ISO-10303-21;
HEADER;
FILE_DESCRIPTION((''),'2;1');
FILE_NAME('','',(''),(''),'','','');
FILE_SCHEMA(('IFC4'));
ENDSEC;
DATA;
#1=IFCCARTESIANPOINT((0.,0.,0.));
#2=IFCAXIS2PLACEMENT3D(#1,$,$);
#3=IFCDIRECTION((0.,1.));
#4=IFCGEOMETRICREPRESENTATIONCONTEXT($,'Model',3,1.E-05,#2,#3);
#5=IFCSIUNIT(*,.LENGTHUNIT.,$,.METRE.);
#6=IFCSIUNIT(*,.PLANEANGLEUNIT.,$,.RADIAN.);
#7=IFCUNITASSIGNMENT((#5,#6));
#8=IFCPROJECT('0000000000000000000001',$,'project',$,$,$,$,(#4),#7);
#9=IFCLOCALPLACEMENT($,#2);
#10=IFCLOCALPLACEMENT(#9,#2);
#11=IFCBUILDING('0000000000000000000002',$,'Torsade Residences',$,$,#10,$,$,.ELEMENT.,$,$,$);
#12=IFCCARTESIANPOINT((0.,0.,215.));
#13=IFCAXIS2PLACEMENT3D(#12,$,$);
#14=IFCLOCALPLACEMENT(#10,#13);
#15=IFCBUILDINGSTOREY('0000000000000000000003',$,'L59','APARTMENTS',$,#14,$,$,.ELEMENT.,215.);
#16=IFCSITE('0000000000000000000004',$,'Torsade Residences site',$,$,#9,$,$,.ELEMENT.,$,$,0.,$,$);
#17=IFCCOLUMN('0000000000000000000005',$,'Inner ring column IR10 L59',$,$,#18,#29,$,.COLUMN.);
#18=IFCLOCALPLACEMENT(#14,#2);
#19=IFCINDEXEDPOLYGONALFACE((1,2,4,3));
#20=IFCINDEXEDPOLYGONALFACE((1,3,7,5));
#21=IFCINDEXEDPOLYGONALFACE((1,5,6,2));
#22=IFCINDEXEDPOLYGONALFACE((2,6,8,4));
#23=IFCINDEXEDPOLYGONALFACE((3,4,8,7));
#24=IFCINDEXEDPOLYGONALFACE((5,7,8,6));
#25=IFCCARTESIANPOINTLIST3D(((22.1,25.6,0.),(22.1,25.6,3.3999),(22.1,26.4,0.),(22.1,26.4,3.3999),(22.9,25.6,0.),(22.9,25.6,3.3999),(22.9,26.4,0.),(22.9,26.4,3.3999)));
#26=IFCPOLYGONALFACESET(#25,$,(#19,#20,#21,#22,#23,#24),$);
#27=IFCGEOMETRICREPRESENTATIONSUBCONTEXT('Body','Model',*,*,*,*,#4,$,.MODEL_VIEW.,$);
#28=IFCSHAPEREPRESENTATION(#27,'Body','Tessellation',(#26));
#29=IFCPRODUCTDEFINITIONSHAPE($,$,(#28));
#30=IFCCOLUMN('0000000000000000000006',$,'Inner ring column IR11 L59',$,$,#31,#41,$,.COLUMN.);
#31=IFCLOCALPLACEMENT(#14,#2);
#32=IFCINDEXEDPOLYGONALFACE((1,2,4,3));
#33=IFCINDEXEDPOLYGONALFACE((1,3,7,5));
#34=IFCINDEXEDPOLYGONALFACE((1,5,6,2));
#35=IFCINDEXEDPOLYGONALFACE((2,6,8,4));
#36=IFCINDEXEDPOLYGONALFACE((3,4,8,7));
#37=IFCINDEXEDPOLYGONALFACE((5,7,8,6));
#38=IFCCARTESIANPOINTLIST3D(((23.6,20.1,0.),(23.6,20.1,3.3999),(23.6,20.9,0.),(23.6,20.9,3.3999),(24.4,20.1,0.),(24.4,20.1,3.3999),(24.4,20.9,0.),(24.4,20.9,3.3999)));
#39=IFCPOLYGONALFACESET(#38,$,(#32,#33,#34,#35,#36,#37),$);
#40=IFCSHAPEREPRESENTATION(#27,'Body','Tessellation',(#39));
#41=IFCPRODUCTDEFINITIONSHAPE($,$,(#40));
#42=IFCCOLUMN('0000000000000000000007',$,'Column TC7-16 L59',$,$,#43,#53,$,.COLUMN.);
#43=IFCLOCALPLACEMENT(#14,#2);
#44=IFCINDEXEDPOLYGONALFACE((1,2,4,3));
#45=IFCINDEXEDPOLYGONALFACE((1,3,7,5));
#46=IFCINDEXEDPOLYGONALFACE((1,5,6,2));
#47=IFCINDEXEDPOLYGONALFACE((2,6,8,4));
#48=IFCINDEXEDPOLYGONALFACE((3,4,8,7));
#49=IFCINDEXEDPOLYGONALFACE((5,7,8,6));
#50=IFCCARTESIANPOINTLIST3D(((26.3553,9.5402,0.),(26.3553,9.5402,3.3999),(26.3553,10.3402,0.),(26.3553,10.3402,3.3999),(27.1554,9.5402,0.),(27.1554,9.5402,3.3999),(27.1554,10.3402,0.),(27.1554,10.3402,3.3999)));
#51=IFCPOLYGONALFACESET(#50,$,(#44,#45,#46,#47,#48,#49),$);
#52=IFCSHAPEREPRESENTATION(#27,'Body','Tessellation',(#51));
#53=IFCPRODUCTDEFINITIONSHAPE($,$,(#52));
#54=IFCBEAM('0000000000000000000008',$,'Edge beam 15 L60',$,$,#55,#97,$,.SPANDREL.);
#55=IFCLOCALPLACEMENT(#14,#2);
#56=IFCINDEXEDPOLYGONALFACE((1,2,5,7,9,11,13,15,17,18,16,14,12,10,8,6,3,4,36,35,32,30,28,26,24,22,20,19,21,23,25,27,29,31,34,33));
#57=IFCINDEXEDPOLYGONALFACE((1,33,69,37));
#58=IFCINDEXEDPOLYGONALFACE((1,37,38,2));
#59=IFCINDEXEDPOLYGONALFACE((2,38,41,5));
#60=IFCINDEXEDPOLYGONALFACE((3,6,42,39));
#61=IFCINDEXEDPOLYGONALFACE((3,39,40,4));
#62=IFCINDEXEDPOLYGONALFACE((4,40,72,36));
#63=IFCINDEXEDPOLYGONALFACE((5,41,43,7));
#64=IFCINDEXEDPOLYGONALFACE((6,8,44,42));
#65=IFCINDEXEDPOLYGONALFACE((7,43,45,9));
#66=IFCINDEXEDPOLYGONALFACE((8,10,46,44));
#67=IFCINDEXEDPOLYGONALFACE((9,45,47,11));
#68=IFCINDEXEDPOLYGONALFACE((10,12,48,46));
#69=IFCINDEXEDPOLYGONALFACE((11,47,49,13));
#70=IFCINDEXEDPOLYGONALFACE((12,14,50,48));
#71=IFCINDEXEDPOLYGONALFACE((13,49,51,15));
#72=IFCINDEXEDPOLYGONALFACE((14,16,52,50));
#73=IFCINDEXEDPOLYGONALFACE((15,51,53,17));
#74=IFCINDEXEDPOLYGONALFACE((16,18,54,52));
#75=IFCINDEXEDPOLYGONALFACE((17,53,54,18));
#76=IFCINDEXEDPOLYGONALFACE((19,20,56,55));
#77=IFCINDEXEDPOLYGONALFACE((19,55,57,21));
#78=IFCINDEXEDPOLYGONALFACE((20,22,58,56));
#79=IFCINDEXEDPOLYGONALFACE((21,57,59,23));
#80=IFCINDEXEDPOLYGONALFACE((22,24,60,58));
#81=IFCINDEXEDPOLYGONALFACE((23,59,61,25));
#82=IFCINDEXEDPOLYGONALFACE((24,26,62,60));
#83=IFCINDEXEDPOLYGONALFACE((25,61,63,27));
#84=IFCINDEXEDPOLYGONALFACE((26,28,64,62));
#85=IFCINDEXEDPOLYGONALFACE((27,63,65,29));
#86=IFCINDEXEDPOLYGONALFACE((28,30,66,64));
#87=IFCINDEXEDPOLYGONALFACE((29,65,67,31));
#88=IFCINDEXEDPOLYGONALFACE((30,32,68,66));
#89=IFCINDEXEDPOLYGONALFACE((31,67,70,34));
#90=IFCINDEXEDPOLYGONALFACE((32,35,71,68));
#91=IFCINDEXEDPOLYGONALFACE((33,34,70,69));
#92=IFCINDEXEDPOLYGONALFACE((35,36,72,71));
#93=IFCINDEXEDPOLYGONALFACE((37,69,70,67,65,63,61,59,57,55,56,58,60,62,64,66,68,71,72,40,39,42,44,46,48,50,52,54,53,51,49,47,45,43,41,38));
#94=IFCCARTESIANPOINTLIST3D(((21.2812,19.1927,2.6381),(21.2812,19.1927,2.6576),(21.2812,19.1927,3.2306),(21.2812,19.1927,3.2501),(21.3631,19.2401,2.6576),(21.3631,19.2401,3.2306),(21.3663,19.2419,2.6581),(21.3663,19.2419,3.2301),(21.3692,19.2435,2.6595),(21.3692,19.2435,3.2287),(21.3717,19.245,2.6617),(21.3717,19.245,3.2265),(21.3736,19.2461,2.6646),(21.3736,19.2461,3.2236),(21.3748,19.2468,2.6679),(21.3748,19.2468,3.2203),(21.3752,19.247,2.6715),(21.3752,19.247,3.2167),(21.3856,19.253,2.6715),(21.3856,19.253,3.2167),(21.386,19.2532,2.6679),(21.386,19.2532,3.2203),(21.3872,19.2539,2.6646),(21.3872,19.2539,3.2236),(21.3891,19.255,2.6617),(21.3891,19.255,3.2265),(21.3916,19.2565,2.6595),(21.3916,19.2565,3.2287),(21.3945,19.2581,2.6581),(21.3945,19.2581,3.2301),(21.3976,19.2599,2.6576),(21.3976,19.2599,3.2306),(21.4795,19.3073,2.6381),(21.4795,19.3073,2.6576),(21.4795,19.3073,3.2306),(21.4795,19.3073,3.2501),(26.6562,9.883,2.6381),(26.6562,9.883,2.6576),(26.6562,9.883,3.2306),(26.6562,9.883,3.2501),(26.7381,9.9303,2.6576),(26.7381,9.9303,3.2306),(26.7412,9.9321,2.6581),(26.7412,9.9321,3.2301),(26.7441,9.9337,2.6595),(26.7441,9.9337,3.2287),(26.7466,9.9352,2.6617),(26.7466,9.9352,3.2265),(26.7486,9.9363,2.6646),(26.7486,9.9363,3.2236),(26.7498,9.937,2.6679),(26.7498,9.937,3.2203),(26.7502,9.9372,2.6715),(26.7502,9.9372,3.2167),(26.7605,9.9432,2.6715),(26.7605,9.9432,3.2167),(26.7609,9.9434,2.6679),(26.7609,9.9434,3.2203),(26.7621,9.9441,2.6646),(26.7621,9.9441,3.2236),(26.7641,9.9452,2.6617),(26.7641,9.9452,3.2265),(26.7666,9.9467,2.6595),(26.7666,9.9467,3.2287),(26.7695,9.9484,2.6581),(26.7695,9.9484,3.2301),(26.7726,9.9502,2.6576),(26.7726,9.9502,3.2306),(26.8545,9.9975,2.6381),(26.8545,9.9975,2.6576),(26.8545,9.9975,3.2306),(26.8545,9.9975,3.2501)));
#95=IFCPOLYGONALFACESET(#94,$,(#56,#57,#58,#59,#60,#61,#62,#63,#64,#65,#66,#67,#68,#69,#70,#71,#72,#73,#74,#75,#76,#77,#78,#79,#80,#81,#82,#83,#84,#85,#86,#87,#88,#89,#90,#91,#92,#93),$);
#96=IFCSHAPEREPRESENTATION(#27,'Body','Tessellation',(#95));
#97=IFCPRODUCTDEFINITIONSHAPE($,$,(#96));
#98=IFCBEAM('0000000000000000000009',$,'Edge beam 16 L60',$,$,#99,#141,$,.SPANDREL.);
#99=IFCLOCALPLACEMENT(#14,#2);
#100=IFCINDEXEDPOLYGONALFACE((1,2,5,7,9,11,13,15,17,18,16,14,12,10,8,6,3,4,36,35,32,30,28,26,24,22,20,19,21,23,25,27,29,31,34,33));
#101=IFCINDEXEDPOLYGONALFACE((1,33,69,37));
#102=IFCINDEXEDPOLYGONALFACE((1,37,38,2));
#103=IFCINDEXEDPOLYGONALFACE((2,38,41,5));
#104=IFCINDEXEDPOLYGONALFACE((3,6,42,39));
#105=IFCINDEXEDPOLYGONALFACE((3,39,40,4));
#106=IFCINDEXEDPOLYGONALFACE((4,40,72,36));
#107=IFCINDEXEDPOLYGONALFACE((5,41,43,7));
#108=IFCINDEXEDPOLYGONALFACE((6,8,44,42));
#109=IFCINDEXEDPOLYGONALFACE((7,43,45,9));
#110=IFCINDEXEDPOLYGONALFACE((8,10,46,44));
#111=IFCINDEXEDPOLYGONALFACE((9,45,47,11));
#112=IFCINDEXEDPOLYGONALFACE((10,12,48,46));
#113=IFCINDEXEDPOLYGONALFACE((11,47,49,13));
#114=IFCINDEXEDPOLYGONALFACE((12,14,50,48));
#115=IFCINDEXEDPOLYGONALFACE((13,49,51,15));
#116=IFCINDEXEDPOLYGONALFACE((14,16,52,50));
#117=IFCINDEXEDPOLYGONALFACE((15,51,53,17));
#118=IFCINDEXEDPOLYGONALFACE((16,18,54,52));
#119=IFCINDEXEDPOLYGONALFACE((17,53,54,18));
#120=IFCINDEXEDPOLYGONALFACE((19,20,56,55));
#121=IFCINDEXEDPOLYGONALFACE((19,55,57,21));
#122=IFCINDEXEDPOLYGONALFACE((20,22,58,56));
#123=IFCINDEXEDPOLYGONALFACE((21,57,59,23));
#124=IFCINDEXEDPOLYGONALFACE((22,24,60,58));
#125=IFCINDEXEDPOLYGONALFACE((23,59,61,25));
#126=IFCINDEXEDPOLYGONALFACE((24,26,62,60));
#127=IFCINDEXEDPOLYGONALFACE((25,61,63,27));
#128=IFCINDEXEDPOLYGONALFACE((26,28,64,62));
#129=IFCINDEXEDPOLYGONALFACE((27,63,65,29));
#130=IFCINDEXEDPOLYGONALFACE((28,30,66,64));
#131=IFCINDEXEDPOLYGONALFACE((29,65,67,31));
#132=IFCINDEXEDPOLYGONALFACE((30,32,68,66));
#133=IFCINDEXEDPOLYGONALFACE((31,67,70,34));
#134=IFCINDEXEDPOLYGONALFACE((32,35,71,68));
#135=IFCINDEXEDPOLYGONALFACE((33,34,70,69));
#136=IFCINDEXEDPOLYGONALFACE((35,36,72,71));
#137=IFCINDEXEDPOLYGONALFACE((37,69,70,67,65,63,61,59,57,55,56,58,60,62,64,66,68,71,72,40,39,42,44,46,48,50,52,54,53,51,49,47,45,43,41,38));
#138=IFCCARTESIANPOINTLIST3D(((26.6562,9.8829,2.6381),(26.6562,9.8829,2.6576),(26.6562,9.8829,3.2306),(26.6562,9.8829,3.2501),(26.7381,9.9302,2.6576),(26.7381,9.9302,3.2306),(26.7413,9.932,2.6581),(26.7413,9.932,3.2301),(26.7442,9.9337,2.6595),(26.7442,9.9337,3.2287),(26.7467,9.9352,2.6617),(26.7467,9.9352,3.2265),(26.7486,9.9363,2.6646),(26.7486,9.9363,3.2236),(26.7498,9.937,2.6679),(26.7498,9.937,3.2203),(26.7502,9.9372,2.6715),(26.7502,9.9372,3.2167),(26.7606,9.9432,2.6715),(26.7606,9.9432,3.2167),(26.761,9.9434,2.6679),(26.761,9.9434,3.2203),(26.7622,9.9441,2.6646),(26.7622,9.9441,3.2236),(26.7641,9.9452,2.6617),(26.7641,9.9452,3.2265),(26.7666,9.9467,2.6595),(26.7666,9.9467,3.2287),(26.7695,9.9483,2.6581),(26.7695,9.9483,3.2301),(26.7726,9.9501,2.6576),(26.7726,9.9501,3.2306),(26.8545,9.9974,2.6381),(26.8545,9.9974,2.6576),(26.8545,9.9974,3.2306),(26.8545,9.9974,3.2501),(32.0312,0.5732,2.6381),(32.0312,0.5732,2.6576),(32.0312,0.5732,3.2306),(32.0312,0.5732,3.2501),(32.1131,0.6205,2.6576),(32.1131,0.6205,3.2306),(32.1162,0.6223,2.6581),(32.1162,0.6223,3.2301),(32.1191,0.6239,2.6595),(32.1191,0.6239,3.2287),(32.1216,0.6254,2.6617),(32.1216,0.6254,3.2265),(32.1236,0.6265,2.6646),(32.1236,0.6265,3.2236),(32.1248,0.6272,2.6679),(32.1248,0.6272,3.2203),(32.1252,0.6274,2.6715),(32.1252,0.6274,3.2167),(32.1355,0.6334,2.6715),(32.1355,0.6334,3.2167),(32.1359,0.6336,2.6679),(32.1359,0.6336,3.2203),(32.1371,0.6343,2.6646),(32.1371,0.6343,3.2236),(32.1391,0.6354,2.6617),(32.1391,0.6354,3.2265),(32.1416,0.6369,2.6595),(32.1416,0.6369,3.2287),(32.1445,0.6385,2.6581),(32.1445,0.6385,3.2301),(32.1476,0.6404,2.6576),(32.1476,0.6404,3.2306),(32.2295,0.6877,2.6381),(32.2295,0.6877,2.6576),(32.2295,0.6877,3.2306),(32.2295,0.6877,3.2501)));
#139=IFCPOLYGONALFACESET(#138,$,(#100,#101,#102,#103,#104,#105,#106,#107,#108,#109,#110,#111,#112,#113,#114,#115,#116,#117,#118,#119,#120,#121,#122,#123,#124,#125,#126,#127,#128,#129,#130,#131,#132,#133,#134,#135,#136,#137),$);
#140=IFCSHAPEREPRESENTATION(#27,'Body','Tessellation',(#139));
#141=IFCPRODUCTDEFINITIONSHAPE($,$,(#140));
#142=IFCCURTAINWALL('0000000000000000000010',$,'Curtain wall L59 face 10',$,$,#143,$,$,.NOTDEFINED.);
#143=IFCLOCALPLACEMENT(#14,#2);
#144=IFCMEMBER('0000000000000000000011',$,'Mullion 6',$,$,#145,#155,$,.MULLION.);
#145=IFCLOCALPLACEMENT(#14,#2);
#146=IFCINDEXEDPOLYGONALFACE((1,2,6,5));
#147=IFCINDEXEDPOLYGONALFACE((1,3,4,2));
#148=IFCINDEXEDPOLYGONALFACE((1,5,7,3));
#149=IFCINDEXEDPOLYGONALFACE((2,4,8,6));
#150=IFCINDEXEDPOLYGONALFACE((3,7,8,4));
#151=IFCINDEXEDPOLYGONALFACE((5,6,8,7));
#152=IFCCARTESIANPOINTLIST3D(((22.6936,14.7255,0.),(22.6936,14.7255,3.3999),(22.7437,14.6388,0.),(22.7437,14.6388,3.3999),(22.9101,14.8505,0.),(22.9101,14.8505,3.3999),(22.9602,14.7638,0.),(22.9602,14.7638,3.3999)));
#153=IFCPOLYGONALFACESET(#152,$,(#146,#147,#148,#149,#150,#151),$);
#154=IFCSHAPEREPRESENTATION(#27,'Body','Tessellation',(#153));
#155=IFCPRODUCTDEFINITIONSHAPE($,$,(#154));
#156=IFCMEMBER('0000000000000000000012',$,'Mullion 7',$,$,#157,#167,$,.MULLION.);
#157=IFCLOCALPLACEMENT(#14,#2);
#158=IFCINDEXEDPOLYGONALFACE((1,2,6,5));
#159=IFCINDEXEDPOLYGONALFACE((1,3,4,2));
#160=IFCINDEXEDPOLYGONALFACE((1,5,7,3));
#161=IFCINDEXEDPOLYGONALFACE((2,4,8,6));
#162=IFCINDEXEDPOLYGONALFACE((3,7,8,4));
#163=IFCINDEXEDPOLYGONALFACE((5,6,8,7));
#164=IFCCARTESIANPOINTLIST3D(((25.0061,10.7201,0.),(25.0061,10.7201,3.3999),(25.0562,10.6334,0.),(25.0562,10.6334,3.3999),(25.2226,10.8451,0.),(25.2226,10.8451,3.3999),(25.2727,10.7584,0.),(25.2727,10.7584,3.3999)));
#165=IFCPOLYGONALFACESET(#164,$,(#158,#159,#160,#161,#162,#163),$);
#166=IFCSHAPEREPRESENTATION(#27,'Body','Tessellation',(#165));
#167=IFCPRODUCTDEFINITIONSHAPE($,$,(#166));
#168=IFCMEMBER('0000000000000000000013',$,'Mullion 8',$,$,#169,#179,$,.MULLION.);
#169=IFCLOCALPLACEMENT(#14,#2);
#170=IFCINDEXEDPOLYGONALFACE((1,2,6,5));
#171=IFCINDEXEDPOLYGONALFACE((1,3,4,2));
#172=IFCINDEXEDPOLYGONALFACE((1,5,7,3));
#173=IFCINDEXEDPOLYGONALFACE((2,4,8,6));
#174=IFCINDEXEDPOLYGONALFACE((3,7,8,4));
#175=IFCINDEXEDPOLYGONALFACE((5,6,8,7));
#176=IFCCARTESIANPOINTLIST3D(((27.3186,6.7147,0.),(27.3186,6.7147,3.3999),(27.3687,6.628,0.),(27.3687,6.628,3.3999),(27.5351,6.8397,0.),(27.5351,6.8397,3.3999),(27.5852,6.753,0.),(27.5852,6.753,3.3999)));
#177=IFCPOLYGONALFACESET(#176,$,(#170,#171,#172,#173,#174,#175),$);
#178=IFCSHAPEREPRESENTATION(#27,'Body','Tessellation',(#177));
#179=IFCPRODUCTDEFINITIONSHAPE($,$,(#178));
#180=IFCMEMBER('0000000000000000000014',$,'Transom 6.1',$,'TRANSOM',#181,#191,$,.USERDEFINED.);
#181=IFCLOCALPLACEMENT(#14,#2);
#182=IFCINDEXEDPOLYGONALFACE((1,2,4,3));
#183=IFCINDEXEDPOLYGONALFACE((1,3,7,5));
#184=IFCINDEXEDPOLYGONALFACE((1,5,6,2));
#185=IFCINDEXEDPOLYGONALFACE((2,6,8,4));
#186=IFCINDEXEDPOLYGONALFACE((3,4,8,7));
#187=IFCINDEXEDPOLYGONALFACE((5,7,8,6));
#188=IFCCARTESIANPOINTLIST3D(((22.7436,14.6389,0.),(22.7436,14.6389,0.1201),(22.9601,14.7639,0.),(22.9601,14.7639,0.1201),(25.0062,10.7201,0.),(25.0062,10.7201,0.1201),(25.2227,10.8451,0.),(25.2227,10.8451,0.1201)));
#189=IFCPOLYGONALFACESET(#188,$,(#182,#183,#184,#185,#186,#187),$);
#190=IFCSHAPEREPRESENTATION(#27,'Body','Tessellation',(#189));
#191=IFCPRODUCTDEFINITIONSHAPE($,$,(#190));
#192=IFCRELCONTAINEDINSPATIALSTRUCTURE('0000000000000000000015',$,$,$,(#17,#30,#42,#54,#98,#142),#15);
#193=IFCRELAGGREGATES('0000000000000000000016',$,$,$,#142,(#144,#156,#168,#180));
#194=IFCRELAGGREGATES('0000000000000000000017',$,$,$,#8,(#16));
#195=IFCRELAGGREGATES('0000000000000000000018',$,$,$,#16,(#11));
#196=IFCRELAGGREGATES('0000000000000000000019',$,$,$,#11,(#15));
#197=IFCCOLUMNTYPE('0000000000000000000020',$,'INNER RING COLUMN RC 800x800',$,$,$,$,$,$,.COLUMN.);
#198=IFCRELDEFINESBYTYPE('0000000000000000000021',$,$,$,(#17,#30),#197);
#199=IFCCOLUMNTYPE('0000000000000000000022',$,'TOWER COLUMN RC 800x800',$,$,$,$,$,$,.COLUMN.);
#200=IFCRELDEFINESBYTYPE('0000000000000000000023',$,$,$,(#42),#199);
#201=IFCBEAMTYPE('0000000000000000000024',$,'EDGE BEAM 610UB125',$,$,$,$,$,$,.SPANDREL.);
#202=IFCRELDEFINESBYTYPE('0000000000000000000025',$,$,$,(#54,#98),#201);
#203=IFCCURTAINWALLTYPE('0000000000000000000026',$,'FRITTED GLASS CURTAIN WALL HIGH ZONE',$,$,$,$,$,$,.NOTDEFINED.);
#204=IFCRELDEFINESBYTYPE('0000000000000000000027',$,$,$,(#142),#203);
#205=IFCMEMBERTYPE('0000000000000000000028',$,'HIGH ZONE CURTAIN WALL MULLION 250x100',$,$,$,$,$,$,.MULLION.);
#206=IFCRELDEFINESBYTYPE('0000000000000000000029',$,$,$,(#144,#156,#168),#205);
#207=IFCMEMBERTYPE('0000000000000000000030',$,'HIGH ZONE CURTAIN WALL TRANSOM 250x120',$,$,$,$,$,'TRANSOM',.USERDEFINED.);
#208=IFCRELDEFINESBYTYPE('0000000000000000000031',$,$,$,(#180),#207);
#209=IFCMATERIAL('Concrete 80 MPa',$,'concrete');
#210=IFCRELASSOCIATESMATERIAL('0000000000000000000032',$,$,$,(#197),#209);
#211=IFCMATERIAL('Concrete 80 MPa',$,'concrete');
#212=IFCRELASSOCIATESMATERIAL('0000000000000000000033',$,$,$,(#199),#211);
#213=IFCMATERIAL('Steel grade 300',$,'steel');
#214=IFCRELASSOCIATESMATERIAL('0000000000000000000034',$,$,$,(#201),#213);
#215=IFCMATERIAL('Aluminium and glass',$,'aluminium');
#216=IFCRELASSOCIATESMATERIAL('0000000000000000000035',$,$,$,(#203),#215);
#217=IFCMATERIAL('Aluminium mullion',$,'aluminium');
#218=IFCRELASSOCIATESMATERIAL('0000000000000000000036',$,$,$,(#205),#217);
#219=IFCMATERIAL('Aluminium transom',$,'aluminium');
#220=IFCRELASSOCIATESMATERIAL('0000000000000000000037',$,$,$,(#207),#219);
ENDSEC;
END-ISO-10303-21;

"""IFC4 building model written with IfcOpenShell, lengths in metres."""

from ifc_helpers import new_model, si_unit, direction, frame, origin, origin_2d, place, context, subcontext, project, spatial, rectangle, i_section, extrude, material, material_profile, profile_set, type_object, element, aggregate, save


model = new_model("IFC4")

# Units and contexts
model_context = context("Model", 3, precision=1e-05, world=origin(), true_north=direction((0.0, 1.0)))
body_context = subcontext(model_context, "Body", "Model", "MODEL_VIEW")
ifc_project = project(units=[si_unit("LENGTHUNIT", "METRE"), si_unit("PLANEANGLEUNIT", "RADIAN")], contexts=[model_context])

# Site, building, storey
site_placement = place(None, origin())
site = spatial("IfcSite", under=ifc_project, at=site_placement, Name="Torsade Residences site", CompositionType="ELEMENT", RefElevation=0.0)
building_placement = place(site_placement, origin())
building = spatial("IfcBuilding", under=site, at=building_placement, Name="Torsade Residences", CompositionType="ELEMENT")
storey_placement = place(building_placement, frame((0.0, 0.0, 215.0)))
storey = spatial("IfcBuildingStorey", under=building, at=storey_placement, Name="L59", Description="APARTMENTS", CompositionType="ELEMENT", Elevation=215.0)

# Columns
ifc_material_1 = material(Name="Concrete 80 MPa", Category="concrete")
ifc_material_profile_1 = material_profile(ifc_material_1, rectangle(XDim=0.8, YDim=0.8, at=origin_2d()), Name="RC 800x800")
ifc_profile_set_1 = profile_set([ifc_material_profile_1], Name="Concrete 80 MPa")
column_type_1 = type_object("IfcColumnType", Name="INNER RING COLUMN RC 800x800", PredefinedType="COLUMN", material=ifc_profile_set_1)
for number, where, z_axis, x_axis, name in (
    (1, (22.5, 26.0, 0.0), (0.0, 0.0, 1.0), (1.0, 0.0, 0.0), "Inner ring column IR10 L59"),
    (2, (24.0, 20.5, 0.0), (0.0, 0.0, 1.0), (1.0, 0.0, 0.0), "Inner ring column IR11 L59"),
):
    element("IfcColumn", number, at=place(storey_placement, frame(where, z_axis=z_axis, x_axis=x_axis)), inside=storey, type_object=column_type_1, Name=name, PredefinedType="COLUMN", context=body_context, shape_type="SweptSolid", body=[
        extrude(rectangle(XDim=0.8, YDim=0.8, at=origin_2d()), origin(), (0.0, 0.0, 1.0), 3.3999),
    ])
ifc_material_2 = material(Name="Concrete 80 MPa", Category="concrete")
ifc_material_profile_2 = material_profile(ifc_material_2, rectangle(XDim=0.8, YDim=0.8, at=origin_2d()), Name="RC 800x800")
ifc_profile_set_2 = profile_set([ifc_material_profile_2], Name="Concrete 80 MPa")
column_type_2 = type_object("IfcColumnType", Name="TOWER COLUMN RC 800x800", PredefinedType="COLUMN", material=ifc_profile_set_2)
column_placement = place(storey_placement, frame((26.7554, 9.9402, 0.0), z_axis=(0.0, 0.0, 1.0), x_axis=(1.0, 0.0, 0.0)))
element("IfcColumn", 3, at=column_placement, inside=storey, type_object=column_type_2, Name="Column TC7-16 L59", PredefinedType="COLUMN", context=body_context, shape_type="SweptSolid", body=[
    extrude(rectangle(XDim=0.8, YDim=0.8, at=origin_2d()), origin(), (0.0, 0.0, 1.0), 3.3999),
])

# Beams
ifc_material_3 = material(Name="Steel grade 300", Category="steel")
ifc_material_profile_3 = material_profile(ifc_material_3, i_section(OverallWidth=0.229, OverallDepth=0.6121, WebThickness=0.012, FlangeThickness=0.0195, FilletRadius=0.0139, at=origin_2d()), Name="610UB125")
ifc_profile_set_3 = profile_set([ifc_material_profile_3], Name="Steel grade 300")
beam_type_1 = type_object("IfcBeamType", Name="EDGE BEAM 610UB125", PredefinedType="SPANDREL", material=ifc_profile_set_3)
for number, where, z_axis, x_axis, name in (
    (4, (21.3804, 19.25, 2.9441), (0.499998, -0.866026, 0.0), (0.866026, 0.499998, 0.0), "Edge beam 15 L60"),
    (5, (26.7554, 9.9402, 2.9441), (0.499998, -0.866026, 0.0), (0.866026, 0.499998, 0.0), "Edge beam 16 L60"),
):
    element("IfcBeam", number, at=place(storey_placement, frame(where, z_axis=z_axis, x_axis=x_axis)), inside=storey, type_object=beam_type_1, Name=name, PredefinedType="SPANDREL", context=body_context, shape_type="SweptSolid", body=[
        extrude(i_section(OverallWidth=0.229, OverallDepth=0.6121, WebThickness=0.012, FlangeThickness=0.0195, FilletRadius=0.0139, at=origin_2d()), origin(), (0.0, 0.0, 1.0), 10.75),
    ])

# Curtain wall, members
ifc_material_4 = material(Name="Aluminium and glass", Category="aluminium")
curtain_wall_type = type_object("IfcCurtainWallType", Name="FRITTED GLASS CURTAIN WALL HIGH ZONE", PredefinedType="NOTDEFINED", material=ifc_material_4)
curtain_wall_placement = place(storey_placement, origin())
curtain_wall = element("IfcCurtainWall", 6, at=curtain_wall_placement, inside=storey, type_object=curtain_wall_type, Name="Curtain wall L59 face 10", PredefinedType="NOTDEFINED")
ifc_material_5 = material(Name="Aluminium mullion", Category="aluminium")
ifc_material_profile_4 = material_profile(ifc_material_5, rectangle(XDim=0.25, YDim=0.1001, at=origin_2d()), Name="HIGH ZONE CURTAIN WALL MULLION 250x100")
ifc_profile_set_4 = profile_set([ifc_material_profile_4], Name="Aluminium mullion")
member_type_1 = type_object("IfcMemberType", Name="HIGH ZONE CURTAIN WALL MULLION 250x100", PredefinedType="MULLION", material=ifc_profile_set_4)
member_1_placement = place(storey_placement, frame((22.8269, 14.7446, 0.0), z_axis=(0.0, 0.0, 1.0), x_axis=(0.866025, 0.5, 0.0)))
member_1 = element("IfcMember", 7, at=member_1_placement, type_object=member_type_1, Name="Mullion 6", PredefinedType="MULLION", context=body_context, shape_type="SweptSolid", body=[
    extrude(rectangle(XDim=0.25, YDim=0.1001, at=origin_2d()), origin(), (0.0, 0.0, 1.0), 3.3999),
])
member_2_placement = place(storey_placement, frame((25.1394, 10.7393, 0.0), z_axis=(0.0, 0.0, 1.0), x_axis=(0.866025, 0.5, 0.0)))
member_2 = element("IfcMember", 8, at=member_2_placement, type_object=member_type_1, Name="Mullion 7", PredefinedType="MULLION", context=body_context, shape_type="SweptSolid", body=[
    extrude(rectangle(XDim=0.25, YDim=0.1001, at=origin_2d()), origin(), (0.0, 0.0, 1.0), 3.3999),
])
member_3_placement = place(storey_placement, frame((27.4519, 6.7339, 0.0), z_axis=(0.0, 0.0, 1.0), x_axis=(0.866025, 0.5, 0.0)))
member_3 = element("IfcMember", 9, at=member_3_placement, type_object=member_type_1, Name="Mullion 8", PredefinedType="MULLION", context=body_context, shape_type="SweptSolid", body=[
    extrude(rectangle(XDim=0.25, YDim=0.1001, at=origin_2d()), origin(), (0.0, 0.0, 1.0), 3.3999),
])
ifc_material_6 = material(Name="Aluminium transom", Category="aluminium")
ifc_material_profile_5 = material_profile(ifc_material_6, rectangle(XDim=0.25, YDim=0.1201, at=origin_2d()), Name="HIGH ZONE CURTAIN WALL TRANSOM 250x120")
ifc_profile_set_5 = profile_set([ifc_material_profile_5], Name="Aluminium transom")
member_type_2 = type_object("IfcMemberType", Name="HIGH ZONE CURTAIN WALL TRANSOM 250x120", ElementType="TRANSOM", PredefinedType="USERDEFINED", material=ifc_profile_set_5)
member_4_placement = place(storey_placement, frame((22.8518, 14.7014, 0.0601), z_axis=(0.500015, -0.866017, 0.0), x_axis=(0.866017, 0.500015, 0.0)))
member_4 = element("IfcMember", 10, at=member_4_placement, type_object=member_type_2, Name="Transom 6.1", ObjectType="TRANSOM", PredefinedType="USERDEFINED", context=body_context, shape_type="SweptSolid", body=[
    extrude(rectangle(XDim=0.25, YDim=0.1201, at=origin_2d()), origin(), (0.0, 0.0, 1.0), 4.5251),
])

aggregate(curtain_wall, [member_1, member_2, member_3, member_4])

save(model, "model.ifc")
